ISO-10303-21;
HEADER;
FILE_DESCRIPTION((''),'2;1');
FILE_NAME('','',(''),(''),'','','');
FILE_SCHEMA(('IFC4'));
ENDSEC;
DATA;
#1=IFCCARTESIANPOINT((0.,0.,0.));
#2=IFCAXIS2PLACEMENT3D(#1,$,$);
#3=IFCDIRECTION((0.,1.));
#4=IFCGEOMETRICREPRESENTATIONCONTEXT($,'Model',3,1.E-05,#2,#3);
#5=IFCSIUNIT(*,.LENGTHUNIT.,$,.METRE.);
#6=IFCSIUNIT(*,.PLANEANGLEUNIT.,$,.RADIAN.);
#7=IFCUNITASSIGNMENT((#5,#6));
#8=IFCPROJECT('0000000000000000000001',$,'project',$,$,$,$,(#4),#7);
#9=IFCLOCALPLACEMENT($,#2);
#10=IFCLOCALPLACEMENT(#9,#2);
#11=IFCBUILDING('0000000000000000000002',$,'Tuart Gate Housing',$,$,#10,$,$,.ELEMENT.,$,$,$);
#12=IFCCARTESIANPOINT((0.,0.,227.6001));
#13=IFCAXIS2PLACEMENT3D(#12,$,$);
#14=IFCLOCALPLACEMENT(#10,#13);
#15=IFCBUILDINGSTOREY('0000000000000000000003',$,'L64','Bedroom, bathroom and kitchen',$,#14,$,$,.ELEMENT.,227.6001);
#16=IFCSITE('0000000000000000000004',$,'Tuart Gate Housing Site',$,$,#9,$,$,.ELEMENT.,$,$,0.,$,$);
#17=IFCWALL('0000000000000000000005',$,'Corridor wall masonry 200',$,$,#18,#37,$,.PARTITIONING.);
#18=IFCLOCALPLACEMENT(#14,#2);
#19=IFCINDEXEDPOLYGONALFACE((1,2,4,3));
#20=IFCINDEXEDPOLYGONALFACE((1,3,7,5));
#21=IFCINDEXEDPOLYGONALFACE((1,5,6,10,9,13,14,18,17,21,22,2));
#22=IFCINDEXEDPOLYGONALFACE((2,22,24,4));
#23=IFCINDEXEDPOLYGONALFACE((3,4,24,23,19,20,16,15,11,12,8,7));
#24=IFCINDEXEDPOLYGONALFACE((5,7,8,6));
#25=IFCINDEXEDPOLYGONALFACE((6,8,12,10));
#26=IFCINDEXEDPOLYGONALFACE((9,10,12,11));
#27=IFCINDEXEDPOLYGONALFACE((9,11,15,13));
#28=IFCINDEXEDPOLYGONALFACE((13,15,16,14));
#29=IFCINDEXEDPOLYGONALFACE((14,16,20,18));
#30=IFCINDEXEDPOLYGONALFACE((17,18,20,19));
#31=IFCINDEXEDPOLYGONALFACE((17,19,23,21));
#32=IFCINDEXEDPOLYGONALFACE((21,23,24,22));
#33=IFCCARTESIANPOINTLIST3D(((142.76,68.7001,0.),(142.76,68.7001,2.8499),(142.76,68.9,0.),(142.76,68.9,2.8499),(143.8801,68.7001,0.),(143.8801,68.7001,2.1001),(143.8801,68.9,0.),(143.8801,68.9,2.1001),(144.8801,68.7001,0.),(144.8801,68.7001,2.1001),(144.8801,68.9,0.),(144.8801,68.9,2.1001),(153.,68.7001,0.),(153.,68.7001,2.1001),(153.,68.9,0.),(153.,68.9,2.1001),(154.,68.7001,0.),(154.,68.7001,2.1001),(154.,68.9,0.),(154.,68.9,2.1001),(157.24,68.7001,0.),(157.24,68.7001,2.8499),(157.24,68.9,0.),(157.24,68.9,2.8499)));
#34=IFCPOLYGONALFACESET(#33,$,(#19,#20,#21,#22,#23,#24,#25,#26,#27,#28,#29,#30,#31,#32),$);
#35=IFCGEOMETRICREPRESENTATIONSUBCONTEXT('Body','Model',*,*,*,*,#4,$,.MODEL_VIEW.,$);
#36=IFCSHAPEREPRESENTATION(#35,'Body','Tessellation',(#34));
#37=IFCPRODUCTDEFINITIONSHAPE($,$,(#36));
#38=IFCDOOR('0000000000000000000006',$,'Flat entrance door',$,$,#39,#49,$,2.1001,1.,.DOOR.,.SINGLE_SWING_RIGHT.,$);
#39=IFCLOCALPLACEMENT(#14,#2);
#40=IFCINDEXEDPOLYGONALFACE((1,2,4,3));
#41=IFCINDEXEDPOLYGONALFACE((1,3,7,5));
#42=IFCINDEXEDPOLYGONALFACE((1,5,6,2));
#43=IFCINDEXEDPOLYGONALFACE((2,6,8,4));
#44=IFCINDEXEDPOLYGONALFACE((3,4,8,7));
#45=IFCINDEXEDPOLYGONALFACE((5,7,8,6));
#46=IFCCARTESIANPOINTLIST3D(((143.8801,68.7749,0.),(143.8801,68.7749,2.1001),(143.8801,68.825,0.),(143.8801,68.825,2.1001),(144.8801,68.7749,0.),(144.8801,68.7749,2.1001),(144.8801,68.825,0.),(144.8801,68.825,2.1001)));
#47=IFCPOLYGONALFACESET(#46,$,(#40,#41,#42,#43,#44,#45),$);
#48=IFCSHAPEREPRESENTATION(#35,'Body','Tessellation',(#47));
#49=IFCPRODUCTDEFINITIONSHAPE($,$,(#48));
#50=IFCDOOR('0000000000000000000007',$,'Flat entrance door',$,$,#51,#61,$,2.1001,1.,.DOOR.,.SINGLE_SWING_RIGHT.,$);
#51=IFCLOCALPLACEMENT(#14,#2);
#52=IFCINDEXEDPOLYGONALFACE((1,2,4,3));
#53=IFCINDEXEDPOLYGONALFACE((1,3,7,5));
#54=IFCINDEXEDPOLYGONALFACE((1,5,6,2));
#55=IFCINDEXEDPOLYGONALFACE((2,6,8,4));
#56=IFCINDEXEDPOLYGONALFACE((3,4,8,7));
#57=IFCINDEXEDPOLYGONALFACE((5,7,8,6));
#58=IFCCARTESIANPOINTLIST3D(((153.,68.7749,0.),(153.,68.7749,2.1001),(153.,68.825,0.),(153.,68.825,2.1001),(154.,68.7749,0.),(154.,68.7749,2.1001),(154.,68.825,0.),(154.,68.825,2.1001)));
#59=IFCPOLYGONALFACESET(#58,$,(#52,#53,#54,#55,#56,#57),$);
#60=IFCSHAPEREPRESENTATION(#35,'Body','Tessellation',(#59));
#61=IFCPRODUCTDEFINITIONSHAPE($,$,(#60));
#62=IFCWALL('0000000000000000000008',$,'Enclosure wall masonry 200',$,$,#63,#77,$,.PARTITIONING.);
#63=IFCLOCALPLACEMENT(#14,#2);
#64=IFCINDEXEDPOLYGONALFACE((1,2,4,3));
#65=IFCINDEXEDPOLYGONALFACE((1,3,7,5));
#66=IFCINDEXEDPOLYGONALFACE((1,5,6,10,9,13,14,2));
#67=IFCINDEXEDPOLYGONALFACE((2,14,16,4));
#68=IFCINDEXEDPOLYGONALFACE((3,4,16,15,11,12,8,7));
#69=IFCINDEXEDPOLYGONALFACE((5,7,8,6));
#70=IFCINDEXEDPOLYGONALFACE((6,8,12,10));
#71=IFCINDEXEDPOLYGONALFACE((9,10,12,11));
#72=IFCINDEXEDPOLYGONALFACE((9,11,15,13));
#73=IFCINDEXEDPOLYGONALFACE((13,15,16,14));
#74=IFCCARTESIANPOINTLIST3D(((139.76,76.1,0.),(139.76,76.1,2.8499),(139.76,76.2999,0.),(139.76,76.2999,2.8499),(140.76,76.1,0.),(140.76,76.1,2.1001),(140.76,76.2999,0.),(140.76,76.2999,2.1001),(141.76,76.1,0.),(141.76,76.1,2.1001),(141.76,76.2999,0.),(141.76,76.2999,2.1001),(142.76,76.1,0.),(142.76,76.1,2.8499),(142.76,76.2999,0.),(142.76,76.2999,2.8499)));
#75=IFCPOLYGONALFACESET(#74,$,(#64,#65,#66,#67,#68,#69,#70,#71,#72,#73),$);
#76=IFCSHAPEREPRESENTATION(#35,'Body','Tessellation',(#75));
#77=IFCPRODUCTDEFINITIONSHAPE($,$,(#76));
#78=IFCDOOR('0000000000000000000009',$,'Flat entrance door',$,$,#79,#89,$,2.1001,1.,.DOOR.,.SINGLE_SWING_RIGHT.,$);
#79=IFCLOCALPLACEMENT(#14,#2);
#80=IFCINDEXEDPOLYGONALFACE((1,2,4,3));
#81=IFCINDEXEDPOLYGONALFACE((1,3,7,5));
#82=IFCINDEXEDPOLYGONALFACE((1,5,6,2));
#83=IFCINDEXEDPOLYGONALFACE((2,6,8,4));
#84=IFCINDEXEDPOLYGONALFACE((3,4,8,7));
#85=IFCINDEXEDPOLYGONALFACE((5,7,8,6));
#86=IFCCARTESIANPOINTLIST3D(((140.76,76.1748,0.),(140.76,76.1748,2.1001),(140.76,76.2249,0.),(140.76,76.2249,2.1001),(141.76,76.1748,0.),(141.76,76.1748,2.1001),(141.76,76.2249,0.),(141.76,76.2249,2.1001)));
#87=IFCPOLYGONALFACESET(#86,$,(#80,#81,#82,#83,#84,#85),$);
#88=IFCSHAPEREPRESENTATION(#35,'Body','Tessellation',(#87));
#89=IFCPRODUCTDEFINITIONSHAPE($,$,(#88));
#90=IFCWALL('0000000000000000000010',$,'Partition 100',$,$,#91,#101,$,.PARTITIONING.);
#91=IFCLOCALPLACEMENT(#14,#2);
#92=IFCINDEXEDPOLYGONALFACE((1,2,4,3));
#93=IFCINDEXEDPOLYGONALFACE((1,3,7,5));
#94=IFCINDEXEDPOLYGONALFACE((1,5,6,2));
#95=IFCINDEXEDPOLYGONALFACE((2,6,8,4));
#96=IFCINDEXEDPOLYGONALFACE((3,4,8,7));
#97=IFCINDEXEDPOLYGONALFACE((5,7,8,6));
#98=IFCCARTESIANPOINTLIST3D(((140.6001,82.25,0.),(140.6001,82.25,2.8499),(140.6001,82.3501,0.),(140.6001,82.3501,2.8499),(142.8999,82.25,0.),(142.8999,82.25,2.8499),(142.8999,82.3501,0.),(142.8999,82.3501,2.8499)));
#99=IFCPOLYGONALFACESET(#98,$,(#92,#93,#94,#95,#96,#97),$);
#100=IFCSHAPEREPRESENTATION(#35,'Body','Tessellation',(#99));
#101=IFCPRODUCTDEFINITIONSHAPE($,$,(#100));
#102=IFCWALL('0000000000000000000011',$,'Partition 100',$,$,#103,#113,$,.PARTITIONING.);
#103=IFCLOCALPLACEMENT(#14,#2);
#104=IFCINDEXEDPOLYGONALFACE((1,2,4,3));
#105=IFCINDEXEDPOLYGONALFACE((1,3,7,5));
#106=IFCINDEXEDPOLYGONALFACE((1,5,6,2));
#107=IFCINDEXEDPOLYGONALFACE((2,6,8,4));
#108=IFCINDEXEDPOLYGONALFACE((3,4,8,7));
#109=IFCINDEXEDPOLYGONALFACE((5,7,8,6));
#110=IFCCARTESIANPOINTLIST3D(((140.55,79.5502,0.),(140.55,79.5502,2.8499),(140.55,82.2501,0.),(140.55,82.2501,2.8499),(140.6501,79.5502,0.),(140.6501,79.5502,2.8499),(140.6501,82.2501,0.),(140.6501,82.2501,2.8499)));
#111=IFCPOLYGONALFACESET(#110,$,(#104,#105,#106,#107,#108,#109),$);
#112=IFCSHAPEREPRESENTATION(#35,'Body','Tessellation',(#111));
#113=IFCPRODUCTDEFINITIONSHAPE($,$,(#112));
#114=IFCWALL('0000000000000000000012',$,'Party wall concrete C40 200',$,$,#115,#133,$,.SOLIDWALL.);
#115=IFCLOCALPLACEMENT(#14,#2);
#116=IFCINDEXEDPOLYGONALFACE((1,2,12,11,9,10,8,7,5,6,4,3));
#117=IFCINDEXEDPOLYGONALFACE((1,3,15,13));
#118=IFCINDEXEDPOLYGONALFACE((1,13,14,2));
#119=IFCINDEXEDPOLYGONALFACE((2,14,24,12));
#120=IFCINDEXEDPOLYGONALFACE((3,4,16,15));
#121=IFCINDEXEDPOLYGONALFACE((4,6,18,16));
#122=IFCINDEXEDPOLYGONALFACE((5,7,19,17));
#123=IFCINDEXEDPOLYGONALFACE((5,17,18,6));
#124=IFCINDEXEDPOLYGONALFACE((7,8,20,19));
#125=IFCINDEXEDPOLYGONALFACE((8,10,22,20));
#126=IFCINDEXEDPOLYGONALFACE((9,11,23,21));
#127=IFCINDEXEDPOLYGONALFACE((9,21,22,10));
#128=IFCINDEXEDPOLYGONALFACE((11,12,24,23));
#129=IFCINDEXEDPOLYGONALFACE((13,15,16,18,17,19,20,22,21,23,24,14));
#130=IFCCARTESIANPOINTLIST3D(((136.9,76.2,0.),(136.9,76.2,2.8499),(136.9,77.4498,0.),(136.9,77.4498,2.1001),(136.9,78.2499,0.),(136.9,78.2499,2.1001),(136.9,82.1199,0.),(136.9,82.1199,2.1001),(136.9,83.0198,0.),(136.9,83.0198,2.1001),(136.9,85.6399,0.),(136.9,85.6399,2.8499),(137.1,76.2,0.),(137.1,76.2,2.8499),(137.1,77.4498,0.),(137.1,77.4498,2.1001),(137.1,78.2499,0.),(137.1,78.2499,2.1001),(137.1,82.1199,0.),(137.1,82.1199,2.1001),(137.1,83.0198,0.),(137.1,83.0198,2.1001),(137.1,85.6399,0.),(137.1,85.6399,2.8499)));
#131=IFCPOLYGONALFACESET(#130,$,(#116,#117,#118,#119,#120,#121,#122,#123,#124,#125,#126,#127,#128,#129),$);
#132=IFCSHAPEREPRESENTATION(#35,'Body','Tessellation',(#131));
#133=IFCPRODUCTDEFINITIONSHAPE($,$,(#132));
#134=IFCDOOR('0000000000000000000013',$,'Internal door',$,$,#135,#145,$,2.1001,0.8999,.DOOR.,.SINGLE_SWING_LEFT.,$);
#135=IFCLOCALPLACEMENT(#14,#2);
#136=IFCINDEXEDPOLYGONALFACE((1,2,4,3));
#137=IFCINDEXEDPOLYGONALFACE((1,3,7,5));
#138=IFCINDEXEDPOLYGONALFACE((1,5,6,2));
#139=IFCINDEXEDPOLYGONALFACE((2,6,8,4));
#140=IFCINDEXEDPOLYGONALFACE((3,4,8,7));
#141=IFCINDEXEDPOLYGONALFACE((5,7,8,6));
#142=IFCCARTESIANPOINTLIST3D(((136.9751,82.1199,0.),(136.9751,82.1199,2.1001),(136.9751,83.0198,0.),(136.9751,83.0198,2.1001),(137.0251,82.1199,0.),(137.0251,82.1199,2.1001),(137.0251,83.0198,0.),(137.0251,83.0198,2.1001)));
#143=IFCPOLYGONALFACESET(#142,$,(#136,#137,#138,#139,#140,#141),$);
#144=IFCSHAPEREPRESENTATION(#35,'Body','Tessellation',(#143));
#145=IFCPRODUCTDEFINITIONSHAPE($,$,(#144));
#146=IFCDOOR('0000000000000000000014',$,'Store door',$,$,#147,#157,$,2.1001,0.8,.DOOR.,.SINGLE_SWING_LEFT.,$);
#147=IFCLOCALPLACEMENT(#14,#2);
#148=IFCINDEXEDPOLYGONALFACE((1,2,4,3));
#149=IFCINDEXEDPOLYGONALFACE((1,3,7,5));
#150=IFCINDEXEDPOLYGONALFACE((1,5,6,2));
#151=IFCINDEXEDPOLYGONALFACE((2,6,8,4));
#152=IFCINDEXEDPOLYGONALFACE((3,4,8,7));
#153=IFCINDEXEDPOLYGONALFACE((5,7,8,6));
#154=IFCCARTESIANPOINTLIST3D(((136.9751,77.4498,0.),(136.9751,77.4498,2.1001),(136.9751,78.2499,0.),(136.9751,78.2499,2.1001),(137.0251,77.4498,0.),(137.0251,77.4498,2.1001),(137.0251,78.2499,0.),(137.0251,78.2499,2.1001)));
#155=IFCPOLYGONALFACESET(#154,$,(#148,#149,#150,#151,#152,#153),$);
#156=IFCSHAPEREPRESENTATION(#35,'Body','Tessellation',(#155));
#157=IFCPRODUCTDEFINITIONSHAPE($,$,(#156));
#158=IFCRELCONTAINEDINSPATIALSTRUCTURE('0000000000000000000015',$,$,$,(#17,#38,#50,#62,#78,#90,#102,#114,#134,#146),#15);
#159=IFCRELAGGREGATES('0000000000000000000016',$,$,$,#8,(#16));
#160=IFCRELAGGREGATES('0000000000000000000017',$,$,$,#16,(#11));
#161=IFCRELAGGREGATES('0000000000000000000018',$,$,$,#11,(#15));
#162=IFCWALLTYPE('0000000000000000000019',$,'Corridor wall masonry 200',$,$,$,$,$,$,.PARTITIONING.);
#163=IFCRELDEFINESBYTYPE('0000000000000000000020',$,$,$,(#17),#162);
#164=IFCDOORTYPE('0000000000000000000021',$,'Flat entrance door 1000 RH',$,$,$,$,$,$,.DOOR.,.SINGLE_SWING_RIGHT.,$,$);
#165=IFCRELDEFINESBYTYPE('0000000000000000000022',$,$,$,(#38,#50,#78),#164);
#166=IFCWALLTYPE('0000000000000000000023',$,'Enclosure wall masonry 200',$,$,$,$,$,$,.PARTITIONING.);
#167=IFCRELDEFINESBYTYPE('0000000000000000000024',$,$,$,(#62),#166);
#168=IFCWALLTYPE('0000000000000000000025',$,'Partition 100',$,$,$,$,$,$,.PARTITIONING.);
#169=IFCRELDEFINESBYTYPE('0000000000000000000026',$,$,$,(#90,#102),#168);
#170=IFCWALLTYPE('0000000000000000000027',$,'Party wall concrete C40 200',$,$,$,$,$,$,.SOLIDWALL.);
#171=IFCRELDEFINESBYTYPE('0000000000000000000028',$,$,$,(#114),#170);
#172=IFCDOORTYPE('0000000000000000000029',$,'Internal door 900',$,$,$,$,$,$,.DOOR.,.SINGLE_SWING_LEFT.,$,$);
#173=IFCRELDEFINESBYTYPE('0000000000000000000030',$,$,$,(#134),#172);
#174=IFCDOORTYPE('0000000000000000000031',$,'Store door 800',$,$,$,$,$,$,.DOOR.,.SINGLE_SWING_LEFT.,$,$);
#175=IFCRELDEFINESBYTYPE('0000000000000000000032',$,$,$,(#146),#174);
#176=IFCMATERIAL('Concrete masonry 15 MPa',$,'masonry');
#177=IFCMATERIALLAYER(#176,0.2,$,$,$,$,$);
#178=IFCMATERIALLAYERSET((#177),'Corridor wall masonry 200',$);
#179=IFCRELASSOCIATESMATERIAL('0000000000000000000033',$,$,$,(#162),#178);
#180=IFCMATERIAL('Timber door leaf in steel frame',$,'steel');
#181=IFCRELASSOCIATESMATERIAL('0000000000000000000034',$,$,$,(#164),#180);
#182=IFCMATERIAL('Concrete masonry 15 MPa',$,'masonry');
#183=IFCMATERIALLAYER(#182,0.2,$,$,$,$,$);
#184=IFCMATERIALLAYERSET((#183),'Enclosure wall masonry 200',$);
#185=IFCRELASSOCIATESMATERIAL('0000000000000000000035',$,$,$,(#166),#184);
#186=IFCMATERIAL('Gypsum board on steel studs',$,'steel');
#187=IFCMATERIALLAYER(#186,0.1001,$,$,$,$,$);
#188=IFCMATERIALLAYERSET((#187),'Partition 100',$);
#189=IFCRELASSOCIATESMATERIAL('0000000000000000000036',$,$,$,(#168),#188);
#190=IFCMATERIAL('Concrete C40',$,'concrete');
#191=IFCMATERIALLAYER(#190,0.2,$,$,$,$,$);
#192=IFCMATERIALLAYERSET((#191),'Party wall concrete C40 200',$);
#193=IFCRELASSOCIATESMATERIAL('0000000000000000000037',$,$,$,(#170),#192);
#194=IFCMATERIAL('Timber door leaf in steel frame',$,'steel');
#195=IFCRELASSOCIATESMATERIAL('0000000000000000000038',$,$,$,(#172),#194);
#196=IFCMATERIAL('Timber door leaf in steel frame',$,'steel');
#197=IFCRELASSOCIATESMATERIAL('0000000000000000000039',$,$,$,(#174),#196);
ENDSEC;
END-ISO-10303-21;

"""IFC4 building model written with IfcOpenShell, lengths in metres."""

from ifc_helpers import new_model, si_unit, direction, frame, frame_2d, origin, place, context, subcontext, project, spatial, rectangle, extrude, material, layer, layer_set, type_object, element, fill, save


model = new_model("IFC4")

# Units and contexts
model_context = context("Model", 3, precision=1e-05, world=origin(), true_north=direction((0.0, 1.0)))
body_context = subcontext(model_context, "Body", "Model", "MODEL_VIEW")
ifc_project = project(units=[si_unit("LENGTHUNIT", "METRE"), si_unit("PLANEANGLEUNIT", "RADIAN")], contexts=[model_context])

# Site, building, storey
site_placement = place(None, origin())
site = spatial("IfcSite", under=ifc_project, at=site_placement, Name="Tuart Gate Housing Site", CompositionType="ELEMENT", RefElevation=0.0)
building_placement = place(site_placement, origin())
building = spatial("IfcBuilding", under=site, at=building_placement, Name="Tuart Gate Housing", CompositionType="ELEMENT")
storey_placement = place(building_placement, frame((0.0, 0.0, 227.6001)))
storey = spatial("IfcBuildingStorey", under=building, at=storey_placement, Name="L64", Description="Bedroom, bathroom and kitchen", CompositionType="ELEMENT", Elevation=227.6001)

# Wall, openings, doors
ifc_material_1 = material(Name="Concrete masonry 15 MPa", Category="masonry")
ifc_layer_1 = layer(ifc_material_1, 0.2)
ifc_layer_set_1 = layer_set([ifc_layer_1], Name="Corridor wall masonry 200")
wall_type_1 = type_object("IfcWallType", Name="Corridor wall masonry 200", PredefinedType="PARTITIONING", material=ifc_layer_set_1)
wall_1_placement = place(storey_placement, frame((142.76, 68.8, 0.0), z_axis=(0.0, 0.0, 1.0), x_axis=(1.0, 0.0, 0.0)))
wall_1 = element("IfcWall", 1, at=wall_1_placement, inside=storey, type_object=wall_type_1, Name="Corridor wall masonry 200", PredefinedType="PARTITIONING", context=body_context, shape_type="SweptSolid", body=[
    extrude(rectangle(XDim=14.48, YDim=0.2, at=frame_2d((7.24, 0.0))), origin(), (0.0, 0.0, 1.0), 2.8499),
])
opening_1_placement = place(wall_1_placement, frame((1.1201, 0.0, 0.0)))
opening_1 = element("IfcOpeningElement", 2, at=opening_1_placement, cuts=wall_1, PredefinedType="OPENING", context=body_context, shape_type="SweptSolid", body=[
    extrude(rectangle(XDim=1.0, YDim=2.1001, at=frame_2d((0.5, 1.05))), frame((0.0, 0.1099, 0.0), z_axis=(0.0, -1.0, 0.0), x_axis=(1.0, 0.0, 0.0)), (0.0, 0.0, 1.0), 0.22),
])
opening_2_placement = place(wall_1_placement, frame((10.24, 0.0, 0.0)))
opening_2 = element("IfcOpeningElement", 3, at=opening_2_placement, cuts=wall_1, PredefinedType="OPENING", context=body_context, shape_type="SweptSolid", body=[
    extrude(rectangle(XDim=1.0, YDim=2.1001, at=frame_2d((0.5, 1.05))), frame((0.0, 0.1099, 0.0), z_axis=(0.0, -1.0, 0.0), x_axis=(1.0, 0.0, 0.0)), (0.0, 0.0, 1.0), 0.22),
])
ifc_material_2 = material(Name="Timber door leaf in steel frame", Category="steel")
door_type_1 = type_object("IfcDoorType", Name="Flat entrance door 1000 RH", OperationType="SINGLE_SWING_RIGHT", PredefinedType="DOOR", material=ifc_material_2)
door_1_placement = place(opening_1_placement, frame((1.0, 0.0, 0.0), z_axis=(0.0, 0.0, 1.0), x_axis=(-1.0, 0.0, 0.0)))
door_1 = element("IfcDoor", 4, at=door_1_placement, inside=storey, type_object=door_type_1, Name="Flat entrance door", OperationType="SINGLE_SWING_RIGHT", OverallHeight=2.1001, OverallWidth=1.0, PredefinedType="DOOR", context=body_context, shape_type="SweptSolid", body=[
    extrude(rectangle(XDim=1.0, YDim=2.1001, at=frame_2d((0.5, 1.05))), frame((0.0, 0.0251, 0.0), z_axis=(0.0, -1.0, 0.0), x_axis=(1.0, 0.0, 0.0)), (0.0, 0.0, 1.0), 0.05),
])
fill(opening_1, door_1)
door_2_placement = place(opening_2_placement, frame((1.0, 0.0, 0.0), z_axis=(0.0, 0.0, 1.0), x_axis=(-1.0, 0.0, 0.0)))
door_2 = element("IfcDoor", 5, at=door_2_placement, inside=storey, type_object=door_type_1, Name="Flat entrance door", OperationType="SINGLE_SWING_RIGHT", OverallHeight=2.1001, OverallWidth=1.0, PredefinedType="DOOR", context=body_context, shape_type="SweptSolid", body=[
    extrude(rectangle(XDim=1.0, YDim=2.1001, at=frame_2d((0.5, 1.05))), frame((0.0, 0.0251, 0.0), z_axis=(0.0, -1.0, 0.0), x_axis=(1.0, 0.0, 0.0)), (0.0, 0.0, 1.0), 0.05),
])
fill(opening_2, door_2)

# Wall, opening, door
ifc_material_3 = material(Name="Concrete masonry 15 MPa", Category="masonry")
ifc_layer_2 = layer(ifc_material_3, 0.2)
ifc_layer_set_2 = layer_set([ifc_layer_2], Name="Enclosure wall masonry 200")
wall_type_2 = type_object("IfcWallType", Name="Enclosure wall masonry 200", PredefinedType="PARTITIONING", material=ifc_layer_set_2)
wall_2_placement = place(storey_placement, frame((139.76, 76.2, 0.0), z_axis=(0.0, 0.0, 1.0), x_axis=(1.0, 0.0, 0.0)))
wall_2 = element("IfcWall", 6, at=wall_2_placement, inside=storey, type_object=wall_type_2, Name="Enclosure wall masonry 200", PredefinedType="PARTITIONING", context=body_context, shape_type="SweptSolid", body=[
    extrude(rectangle(XDim=3.0, YDim=0.2, at=frame_2d((1.5, 0.0))), origin(), (0.0, 0.0, 1.0), 2.8499),
])
opening_3_placement = place(wall_2_placement, frame((1.0, 0.0, 0.0)))
opening_3 = element("IfcOpeningElement", 7, at=opening_3_placement, cuts=wall_2, PredefinedType="OPENING", context=body_context, shape_type="SweptSolid", body=[
    extrude(rectangle(XDim=1.0, YDim=2.1001, at=frame_2d((0.5, 1.05))), frame((0.0, 0.1099, 0.0), z_axis=(0.0, -1.0, 0.0), x_axis=(1.0, 0.0, 0.0)), (0.0, 0.0, 1.0), 0.22),
])
door_3_placement = place(opening_3_placement, origin())
door_3 = element("IfcDoor", 8, at=door_3_placement, inside=storey, type_object=door_type_1, Name="Flat entrance door", OperationType="SINGLE_SWING_RIGHT", OverallHeight=2.1001, OverallWidth=1.0, PredefinedType="DOOR", context=body_context, shape_type="SweptSolid", body=[
    extrude(rectangle(XDim=1.0, YDim=2.1001, at=frame_2d((0.5, 1.05))), frame((0.0, 0.0249, 0.0), z_axis=(0.0, -1.0, 0.0), x_axis=(1.0, 0.0, 0.0)), (0.0, 0.0, 1.0), 0.05),
])
fill(opening_3, door_3)

# Walls
ifc_material_4 = material(Name="Gypsum board on steel studs", Category="steel")
ifc_layer_3 = layer(ifc_material_4, 0.1001)
ifc_layer_set_3 = layer_set([ifc_layer_3], Name="Partition 100")
wall_type_3 = type_object("IfcWallType", Name="Partition 100", PredefinedType="PARTITIONING", material=ifc_layer_set_3)
wall_3_placement = place(storey_placement, frame((140.6001, 82.3, 0.0), z_axis=(0.0, 0.0, 1.0), x_axis=(1.0, 0.0, 0.0)))
element("IfcWall", 9, at=wall_3_placement, inside=storey, type_object=wall_type_3, Name="Partition 100", PredefinedType="PARTITIONING", context=body_context, shape_type="SweptSolid", body=[
    extrude(rectangle(XDim=2.2998, YDim=0.1001, at=frame_2d((1.1499, 0.0))), origin(), (0.0, 0.0, 1.0), 2.8499),
])
wall_4_placement = place(storey_placement, frame((140.6001, 79.55, 0.0), z_axis=(0.0, 0.0, 1.0), x_axis=(0.0, 1.0, 0.0)))
element("IfcWall", 10, at=wall_4_placement, inside=storey, type_object=wall_type_3, Name="Partition 100", PredefinedType="PARTITIONING", context=body_context, shape_type="SweptSolid", body=[
    extrude(rectangle(XDim=2.7, YDim=0.1001, at=frame_2d((1.3501, 0.0))), origin(), (0.0, 0.0, 1.0), 2.8499),
])

# Wall, openings, doors
ifc_material_5 = material(Name="Concrete C40", Category="concrete")
ifc_layer_4 = layer(ifc_material_5, 0.2)
ifc_layer_set_4 = layer_set([ifc_layer_4], Name="Party wall concrete C40 200")
wall_type_4 = type_object("IfcWallType", Name="Party wall concrete C40 200", PredefinedType="SOLIDWALL", material=ifc_layer_set_4)
wall_5_placement = place(storey_placement, frame((137.0, 76.2, 0.0), z_axis=(0.0, 0.0, 1.0), x_axis=(0.0, 1.0, 0.0)))
wall_5 = element("IfcWall", 11, at=wall_5_placement, inside=storey, type_object=wall_type_4, Name="Party wall concrete C40 200", PredefinedType="SOLIDWALL", context=body_context, shape_type="SweptSolid", body=[
    extrude(rectangle(XDim=9.4399, YDim=0.2, at=frame_2d((4.72, 0.0))), origin(), (0.0, 0.0, 1.0), 2.8499),
])
opening_4_placement = place(wall_5_placement, frame((5.9199, 0.0, 0.0)))
opening_4 = element("IfcOpeningElement", 12, at=opening_4_placement, cuts=wall_5, PredefinedType="OPENING", context=body_context, shape_type="SweptSolid", body=[
    extrude(rectangle(XDim=0.8999, YDim=2.1001, at=frame_2d((0.45, 1.05))), frame((0.0, 0.1099, 0.0), z_axis=(0.0, -1.0, 0.0), x_axis=(1.0, 0.0, 0.0)), (0.0, 0.0, 1.0), 0.22),
])
opening_5_placement = place(wall_5_placement, frame((1.25, 0.0, 0.0)))
opening_5 = element("IfcOpeningElement", 13, at=opening_5_placement, cuts=wall_5, PredefinedType="OPENING", context=body_context, shape_type="SweptSolid", body=[
    extrude(rectangle(XDim=0.8, YDim=2.1001, at=frame_2d((0.3999, 1.05))), frame((0.0, 0.1099, 0.0), z_axis=(0.0, -1.0, 0.0), x_axis=(1.0, 0.0, 0.0)), (0.0, 0.0, 1.0), 0.22),
])
ifc_material_6 = material(Name="Timber door leaf in steel frame", Category="steel")
door_type_2 = type_object("IfcDoorType", Name="Internal door 900", OperationType="SINGLE_SWING_LEFT", PredefinedType="DOOR", material=ifc_material_6)
door_4_placement = place(opening_4_placement, origin())
door_4 = element("IfcDoor", 14, at=door_4_placement, inside=storey, type_object=door_type_2, Name="Internal door", OperationType="SINGLE_SWING_LEFT", OverallHeight=2.1001, OverallWidth=0.8999, PredefinedType="DOOR", context=body_context, shape_type="SweptSolid", body=[
    extrude(rectangle(XDim=0.8999, YDim=2.1001, at=frame_2d((0.45, 1.05))), frame((0.0, 0.0249, 0.0), z_axis=(0.0, -1.0, 0.0), x_axis=(1.0, 0.0, 0.0)), (0.0, 0.0, 1.0), 0.05),
])
fill(opening_4, door_4)
ifc_material_7 = material(Name="Timber door leaf in steel frame", Category="steel")
door_type_3 = type_object("IfcDoorType", Name="Store door 800", OperationType="SINGLE_SWING_LEFT", PredefinedType="DOOR", material=ifc_material_7)
door_5_placement = place(opening_5_placement, origin())
door_5 = element("IfcDoor", 15, at=door_5_placement, inside=storey, type_object=door_type_3, Name="Store door", OperationType="SINGLE_SWING_LEFT", OverallHeight=2.1001, OverallWidth=0.8, PredefinedType="DOOR", context=body_context, shape_type="SweptSolid", body=[
    extrude(rectangle(XDim=0.8, YDim=2.1001, at=frame_2d((0.3999, 1.05))), frame((0.0, 0.0249, 0.0), z_axis=(0.0, -1.0, 0.0), x_axis=(1.0, 0.0, 0.0)), (0.0, 0.0, 1.0), 0.05),
])
fill(opening_5, door_5)

save(model, "model.ifc")
